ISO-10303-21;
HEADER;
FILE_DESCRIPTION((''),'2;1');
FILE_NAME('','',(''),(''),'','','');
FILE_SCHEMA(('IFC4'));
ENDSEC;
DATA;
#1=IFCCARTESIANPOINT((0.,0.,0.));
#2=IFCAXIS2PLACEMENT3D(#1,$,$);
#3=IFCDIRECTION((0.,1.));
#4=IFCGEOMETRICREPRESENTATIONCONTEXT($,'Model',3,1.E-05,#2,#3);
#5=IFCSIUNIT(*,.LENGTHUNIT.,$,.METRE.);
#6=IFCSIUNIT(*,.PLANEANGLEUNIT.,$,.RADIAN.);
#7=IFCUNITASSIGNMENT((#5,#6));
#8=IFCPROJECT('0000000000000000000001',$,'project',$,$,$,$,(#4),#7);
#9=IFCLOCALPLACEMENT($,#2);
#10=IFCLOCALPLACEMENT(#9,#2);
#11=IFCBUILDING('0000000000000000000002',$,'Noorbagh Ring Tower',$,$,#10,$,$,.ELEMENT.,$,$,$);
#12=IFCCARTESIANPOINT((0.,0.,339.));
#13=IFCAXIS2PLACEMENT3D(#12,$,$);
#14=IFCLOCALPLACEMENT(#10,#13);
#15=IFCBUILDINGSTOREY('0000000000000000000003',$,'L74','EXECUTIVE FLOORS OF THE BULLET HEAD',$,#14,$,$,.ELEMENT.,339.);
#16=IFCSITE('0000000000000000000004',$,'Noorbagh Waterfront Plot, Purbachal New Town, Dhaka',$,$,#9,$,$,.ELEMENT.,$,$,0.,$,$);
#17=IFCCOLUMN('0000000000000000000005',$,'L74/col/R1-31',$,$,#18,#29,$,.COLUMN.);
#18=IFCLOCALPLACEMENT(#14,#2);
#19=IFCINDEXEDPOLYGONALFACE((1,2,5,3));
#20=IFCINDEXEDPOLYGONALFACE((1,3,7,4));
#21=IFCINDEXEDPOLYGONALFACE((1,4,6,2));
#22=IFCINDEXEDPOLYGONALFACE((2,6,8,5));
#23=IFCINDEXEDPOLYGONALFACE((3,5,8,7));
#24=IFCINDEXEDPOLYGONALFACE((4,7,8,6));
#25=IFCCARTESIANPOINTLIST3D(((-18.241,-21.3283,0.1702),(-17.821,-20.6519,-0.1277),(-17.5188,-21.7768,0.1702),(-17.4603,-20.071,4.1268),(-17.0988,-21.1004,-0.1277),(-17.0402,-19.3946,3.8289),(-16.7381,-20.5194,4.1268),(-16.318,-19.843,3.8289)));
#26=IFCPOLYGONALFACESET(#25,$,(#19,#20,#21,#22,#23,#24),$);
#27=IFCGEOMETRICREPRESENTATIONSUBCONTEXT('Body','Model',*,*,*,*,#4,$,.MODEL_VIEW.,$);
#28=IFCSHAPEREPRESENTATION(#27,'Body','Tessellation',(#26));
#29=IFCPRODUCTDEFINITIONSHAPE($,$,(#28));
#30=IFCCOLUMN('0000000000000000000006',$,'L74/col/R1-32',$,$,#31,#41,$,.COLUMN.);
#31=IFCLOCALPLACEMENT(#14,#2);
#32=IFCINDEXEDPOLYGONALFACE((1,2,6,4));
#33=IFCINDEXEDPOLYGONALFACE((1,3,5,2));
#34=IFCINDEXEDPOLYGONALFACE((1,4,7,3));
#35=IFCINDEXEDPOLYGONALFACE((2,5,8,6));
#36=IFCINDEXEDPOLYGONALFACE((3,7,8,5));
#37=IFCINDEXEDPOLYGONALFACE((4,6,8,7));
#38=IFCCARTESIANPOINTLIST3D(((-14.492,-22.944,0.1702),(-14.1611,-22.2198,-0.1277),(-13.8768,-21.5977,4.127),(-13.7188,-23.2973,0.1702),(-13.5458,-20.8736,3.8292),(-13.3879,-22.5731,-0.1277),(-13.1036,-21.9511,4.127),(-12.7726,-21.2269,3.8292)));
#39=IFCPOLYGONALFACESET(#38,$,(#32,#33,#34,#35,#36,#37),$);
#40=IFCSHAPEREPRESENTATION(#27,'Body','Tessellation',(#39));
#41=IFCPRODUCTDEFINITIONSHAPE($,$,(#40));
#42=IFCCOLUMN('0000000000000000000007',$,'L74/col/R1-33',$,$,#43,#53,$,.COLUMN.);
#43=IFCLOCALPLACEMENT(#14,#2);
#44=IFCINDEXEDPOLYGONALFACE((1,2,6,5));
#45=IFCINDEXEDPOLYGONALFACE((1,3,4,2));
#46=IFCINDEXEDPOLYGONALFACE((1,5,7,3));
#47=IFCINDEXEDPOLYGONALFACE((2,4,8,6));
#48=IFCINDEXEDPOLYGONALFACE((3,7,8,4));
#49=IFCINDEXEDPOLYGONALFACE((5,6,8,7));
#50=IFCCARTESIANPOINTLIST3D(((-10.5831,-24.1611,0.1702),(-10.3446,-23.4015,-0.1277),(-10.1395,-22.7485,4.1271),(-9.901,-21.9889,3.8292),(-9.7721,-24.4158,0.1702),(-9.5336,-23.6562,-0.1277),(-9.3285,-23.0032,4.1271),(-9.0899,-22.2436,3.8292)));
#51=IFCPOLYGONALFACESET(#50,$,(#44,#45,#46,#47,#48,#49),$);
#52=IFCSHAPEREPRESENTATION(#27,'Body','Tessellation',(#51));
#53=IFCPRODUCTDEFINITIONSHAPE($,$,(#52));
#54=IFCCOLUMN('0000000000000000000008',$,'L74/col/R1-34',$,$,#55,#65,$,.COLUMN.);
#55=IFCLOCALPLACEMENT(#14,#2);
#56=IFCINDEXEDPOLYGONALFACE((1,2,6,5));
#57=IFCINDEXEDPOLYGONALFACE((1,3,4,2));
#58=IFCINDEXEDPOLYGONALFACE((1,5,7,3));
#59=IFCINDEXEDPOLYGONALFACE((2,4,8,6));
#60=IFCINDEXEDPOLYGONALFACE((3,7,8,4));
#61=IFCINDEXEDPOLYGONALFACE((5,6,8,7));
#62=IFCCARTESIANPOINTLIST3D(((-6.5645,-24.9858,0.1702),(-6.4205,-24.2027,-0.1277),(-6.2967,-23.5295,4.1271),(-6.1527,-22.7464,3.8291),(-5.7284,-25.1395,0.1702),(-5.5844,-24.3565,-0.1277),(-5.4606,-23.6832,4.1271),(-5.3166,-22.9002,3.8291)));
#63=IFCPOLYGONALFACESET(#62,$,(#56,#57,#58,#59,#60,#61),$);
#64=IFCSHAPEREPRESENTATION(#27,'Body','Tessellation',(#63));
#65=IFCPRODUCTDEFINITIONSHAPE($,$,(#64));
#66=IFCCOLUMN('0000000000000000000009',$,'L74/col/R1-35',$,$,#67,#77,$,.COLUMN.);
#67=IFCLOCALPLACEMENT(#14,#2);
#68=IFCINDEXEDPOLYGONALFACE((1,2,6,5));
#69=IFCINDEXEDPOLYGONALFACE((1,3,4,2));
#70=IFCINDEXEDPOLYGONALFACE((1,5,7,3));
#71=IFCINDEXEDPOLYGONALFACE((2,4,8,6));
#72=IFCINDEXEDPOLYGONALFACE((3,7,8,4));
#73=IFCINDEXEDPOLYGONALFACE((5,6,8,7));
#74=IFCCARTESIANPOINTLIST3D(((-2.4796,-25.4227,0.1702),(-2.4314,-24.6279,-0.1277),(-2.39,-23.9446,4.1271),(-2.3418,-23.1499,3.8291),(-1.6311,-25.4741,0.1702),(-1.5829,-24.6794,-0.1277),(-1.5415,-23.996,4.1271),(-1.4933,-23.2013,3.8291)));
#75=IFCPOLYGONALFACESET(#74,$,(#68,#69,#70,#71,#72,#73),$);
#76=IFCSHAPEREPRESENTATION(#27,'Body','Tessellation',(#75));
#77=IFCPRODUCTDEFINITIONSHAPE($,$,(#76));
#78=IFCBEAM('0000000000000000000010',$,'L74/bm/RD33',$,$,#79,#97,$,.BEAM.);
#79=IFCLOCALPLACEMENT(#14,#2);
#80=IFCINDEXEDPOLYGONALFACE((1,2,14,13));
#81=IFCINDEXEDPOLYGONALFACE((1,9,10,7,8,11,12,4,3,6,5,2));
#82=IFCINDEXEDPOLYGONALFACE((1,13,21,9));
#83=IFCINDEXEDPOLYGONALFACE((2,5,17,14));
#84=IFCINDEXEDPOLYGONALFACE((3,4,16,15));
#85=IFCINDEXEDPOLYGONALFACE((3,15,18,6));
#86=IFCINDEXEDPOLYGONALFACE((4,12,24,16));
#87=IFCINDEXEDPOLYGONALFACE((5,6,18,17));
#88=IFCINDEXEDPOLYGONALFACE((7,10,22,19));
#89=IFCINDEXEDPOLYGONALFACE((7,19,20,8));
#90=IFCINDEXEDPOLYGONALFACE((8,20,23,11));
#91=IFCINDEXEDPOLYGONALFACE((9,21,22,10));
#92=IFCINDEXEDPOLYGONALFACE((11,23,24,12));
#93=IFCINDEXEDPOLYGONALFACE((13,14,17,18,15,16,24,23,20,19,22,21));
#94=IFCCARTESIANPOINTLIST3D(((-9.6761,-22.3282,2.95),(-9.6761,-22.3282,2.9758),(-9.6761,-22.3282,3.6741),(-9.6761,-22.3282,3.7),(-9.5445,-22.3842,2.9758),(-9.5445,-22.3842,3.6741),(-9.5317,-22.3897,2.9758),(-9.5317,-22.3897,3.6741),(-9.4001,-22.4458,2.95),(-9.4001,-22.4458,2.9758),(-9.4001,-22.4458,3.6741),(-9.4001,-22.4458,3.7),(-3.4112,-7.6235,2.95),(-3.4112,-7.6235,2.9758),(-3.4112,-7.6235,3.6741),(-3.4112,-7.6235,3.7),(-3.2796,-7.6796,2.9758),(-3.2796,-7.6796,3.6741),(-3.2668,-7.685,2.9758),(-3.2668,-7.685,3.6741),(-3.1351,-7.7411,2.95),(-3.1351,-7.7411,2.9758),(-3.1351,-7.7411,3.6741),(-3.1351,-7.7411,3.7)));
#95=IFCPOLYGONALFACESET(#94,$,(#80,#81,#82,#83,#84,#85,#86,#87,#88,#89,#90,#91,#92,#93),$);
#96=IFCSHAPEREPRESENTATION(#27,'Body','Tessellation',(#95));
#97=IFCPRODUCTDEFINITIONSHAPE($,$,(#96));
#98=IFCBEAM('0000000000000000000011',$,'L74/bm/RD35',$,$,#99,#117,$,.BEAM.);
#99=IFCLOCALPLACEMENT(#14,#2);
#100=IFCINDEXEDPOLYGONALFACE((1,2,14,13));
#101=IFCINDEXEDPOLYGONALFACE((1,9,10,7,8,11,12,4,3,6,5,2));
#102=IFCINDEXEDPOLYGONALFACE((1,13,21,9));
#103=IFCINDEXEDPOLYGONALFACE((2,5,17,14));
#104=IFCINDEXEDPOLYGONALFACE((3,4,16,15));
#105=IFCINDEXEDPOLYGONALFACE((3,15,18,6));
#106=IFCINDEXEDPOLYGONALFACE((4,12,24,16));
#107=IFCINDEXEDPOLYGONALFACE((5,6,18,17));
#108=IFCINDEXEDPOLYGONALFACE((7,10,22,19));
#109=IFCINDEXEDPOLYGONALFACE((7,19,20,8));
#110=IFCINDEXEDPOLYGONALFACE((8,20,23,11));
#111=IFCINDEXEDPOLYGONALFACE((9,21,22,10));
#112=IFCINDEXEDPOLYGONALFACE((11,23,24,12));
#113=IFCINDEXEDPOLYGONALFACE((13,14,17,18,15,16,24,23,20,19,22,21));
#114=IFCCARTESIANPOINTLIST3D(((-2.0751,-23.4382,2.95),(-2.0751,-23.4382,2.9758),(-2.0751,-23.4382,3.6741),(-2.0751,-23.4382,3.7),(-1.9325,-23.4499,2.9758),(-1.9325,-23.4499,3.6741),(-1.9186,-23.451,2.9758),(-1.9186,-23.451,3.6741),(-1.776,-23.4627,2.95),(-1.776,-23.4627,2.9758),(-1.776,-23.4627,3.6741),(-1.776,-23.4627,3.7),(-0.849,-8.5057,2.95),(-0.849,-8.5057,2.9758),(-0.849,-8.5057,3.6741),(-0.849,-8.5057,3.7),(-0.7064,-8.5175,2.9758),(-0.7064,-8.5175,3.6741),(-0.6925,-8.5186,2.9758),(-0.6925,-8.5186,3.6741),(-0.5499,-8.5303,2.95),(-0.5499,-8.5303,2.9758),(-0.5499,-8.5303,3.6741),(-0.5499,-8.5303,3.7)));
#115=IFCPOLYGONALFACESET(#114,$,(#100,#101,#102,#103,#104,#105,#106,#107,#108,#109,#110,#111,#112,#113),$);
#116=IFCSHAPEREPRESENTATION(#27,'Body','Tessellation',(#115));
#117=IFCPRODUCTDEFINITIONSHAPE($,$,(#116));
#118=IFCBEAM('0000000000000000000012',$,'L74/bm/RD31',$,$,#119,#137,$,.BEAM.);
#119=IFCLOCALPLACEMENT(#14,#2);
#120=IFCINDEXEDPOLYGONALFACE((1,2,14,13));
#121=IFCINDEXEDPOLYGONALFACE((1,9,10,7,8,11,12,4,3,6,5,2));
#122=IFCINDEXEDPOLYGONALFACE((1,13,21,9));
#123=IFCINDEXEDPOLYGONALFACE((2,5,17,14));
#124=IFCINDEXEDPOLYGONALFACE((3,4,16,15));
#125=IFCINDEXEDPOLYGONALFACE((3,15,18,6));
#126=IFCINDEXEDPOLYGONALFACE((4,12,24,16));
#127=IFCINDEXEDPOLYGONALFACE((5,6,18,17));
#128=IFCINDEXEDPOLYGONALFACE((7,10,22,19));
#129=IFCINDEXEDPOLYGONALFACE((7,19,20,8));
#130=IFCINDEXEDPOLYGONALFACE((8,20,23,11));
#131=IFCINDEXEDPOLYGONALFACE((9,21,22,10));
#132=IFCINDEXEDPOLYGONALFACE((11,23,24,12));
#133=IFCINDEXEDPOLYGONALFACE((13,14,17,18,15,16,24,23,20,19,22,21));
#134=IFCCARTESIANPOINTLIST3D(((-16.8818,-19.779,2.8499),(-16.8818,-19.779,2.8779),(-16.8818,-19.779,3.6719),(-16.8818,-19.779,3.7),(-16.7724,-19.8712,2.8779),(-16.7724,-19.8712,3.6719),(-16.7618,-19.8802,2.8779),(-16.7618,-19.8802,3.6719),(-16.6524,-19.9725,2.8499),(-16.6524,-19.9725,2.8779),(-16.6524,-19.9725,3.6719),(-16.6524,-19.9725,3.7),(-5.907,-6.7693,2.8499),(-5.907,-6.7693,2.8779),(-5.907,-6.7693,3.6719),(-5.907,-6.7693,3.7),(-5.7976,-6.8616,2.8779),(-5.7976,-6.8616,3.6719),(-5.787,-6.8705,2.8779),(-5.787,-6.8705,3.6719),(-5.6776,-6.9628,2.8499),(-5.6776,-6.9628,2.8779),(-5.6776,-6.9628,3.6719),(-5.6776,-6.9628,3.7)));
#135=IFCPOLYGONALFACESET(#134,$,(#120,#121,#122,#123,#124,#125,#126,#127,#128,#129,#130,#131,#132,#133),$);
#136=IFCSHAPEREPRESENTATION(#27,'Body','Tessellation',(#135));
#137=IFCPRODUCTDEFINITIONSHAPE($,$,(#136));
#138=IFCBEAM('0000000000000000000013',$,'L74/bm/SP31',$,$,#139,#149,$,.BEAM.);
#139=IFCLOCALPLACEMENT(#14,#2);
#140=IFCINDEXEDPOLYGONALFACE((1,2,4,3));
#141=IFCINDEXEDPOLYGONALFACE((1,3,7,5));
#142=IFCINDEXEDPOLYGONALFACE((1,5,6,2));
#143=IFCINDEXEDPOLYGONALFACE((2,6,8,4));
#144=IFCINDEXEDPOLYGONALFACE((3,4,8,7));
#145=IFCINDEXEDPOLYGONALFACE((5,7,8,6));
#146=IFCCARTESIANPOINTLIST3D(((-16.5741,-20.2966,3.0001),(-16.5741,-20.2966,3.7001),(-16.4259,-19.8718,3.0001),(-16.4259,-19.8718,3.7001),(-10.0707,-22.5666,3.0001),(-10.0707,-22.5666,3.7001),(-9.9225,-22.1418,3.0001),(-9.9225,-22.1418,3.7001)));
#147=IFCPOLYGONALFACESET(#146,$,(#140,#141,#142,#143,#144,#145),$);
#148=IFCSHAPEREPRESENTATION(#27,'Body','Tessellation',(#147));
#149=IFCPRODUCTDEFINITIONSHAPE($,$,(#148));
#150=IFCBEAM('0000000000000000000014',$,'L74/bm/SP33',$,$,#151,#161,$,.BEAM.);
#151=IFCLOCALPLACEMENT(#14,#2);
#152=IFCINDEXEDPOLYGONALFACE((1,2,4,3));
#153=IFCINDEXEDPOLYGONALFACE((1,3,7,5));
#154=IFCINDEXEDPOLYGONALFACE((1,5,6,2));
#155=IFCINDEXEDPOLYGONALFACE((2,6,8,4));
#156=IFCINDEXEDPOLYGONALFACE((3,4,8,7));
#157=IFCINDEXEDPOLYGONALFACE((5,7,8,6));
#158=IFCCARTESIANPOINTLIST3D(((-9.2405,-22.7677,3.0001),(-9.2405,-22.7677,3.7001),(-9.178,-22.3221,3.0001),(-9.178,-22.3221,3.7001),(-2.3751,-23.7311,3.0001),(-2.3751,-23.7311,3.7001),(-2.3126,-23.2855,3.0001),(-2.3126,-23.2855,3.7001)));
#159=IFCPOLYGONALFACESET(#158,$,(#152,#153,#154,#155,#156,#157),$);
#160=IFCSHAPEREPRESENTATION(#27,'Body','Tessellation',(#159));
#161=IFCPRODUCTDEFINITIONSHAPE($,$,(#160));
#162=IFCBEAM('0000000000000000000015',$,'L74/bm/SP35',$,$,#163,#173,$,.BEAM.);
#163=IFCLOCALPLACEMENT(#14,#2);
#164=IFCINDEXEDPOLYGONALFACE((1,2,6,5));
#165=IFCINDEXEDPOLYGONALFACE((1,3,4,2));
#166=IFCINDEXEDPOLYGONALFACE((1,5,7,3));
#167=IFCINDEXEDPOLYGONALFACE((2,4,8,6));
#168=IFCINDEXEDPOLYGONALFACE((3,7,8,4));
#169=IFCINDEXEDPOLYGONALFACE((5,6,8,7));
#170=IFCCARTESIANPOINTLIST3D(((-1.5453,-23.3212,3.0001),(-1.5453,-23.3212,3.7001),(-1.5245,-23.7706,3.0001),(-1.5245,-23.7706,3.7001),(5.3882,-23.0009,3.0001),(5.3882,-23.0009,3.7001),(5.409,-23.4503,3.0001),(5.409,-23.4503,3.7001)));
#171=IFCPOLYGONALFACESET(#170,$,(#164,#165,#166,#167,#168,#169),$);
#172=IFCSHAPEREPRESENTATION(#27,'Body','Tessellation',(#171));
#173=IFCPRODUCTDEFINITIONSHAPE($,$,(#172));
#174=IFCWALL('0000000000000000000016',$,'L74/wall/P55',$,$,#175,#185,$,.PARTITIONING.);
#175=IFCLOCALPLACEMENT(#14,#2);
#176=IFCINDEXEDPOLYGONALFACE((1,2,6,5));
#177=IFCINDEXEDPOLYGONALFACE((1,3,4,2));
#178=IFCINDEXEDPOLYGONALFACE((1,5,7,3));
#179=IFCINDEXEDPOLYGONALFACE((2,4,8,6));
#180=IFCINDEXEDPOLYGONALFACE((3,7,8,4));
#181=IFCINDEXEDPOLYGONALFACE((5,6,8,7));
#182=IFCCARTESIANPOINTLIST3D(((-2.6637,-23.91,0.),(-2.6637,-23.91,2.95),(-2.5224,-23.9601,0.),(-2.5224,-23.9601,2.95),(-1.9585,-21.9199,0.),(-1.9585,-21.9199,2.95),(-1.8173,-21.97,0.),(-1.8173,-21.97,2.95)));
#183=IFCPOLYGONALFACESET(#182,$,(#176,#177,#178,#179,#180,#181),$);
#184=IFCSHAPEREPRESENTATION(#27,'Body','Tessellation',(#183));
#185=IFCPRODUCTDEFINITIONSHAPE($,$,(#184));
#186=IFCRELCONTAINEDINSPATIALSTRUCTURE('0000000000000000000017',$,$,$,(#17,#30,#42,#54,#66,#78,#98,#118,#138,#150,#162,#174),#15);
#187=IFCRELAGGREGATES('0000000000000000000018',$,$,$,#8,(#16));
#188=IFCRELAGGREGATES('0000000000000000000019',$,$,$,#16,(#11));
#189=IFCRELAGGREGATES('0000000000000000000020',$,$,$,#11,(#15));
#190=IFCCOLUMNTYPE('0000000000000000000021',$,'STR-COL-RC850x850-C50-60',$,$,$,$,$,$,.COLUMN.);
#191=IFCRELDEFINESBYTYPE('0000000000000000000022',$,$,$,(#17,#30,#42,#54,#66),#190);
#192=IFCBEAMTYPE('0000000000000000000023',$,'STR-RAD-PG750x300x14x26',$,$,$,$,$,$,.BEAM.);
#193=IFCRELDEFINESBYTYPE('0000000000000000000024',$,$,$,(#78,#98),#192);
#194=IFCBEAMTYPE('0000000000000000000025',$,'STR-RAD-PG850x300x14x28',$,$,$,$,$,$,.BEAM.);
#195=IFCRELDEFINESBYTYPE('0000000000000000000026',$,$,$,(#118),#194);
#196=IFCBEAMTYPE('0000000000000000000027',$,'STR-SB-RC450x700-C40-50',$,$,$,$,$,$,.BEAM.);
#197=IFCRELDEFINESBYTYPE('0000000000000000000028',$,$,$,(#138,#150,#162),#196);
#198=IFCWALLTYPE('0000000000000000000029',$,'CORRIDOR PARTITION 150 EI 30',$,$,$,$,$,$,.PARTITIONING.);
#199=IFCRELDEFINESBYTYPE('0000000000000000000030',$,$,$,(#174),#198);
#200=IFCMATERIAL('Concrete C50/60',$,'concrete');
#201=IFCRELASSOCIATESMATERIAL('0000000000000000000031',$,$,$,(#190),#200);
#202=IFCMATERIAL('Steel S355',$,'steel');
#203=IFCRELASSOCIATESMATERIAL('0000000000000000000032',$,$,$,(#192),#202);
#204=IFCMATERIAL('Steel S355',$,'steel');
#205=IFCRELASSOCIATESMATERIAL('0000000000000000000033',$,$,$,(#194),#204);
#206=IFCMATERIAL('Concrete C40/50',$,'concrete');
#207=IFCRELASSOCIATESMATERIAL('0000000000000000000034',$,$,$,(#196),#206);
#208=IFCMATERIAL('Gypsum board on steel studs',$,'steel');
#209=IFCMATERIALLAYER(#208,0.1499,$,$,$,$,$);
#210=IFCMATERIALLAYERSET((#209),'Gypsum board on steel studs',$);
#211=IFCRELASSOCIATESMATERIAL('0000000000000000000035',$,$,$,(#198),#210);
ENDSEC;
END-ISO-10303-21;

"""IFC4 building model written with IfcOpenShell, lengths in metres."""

from ifc_helpers import new_model, si_unit, direction, frame, frame_2d, origin, origin_2d, place, context, subcontext, project, spatial, rectangle, i_section, extrude, material, layer, layer_set, material_profile, profile_set, type_object, element, save


model = new_model("IFC4")

# Units and contexts
model_context = context("Model", 3, precision=1e-05, world=origin(), true_north=direction((0.0, 1.0)))
body_context = subcontext(model_context, "Body", "Model", "MODEL_VIEW")
ifc_project = project(units=[si_unit("LENGTHUNIT", "METRE"), si_unit("PLANEANGLEUNIT", "RADIAN")], contexts=[model_context])

# Site, building, storey
site_placement = place(None, origin())
site = spatial("IfcSite", under=ifc_project, at=site_placement, Name="Noorbagh Waterfront Plot, Purbachal New Town, Dhaka", CompositionType="ELEMENT", RefElevation=0.0)
building_placement = place(site_placement, origin())
building = spatial("IfcBuilding", under=site, at=building_placement, Name="Noorbagh Ring Tower", CompositionType="ELEMENT")
storey_placement = place(building_placement, frame((0.0, 0.0, 339.0)))
storey = spatial("IfcBuildingStorey", under=building, at=storey_placement, Name="L74", Description="EXECUTIVE FLOORS OF THE BULLET HEAD", CompositionType="ELEMENT", Elevation=339.0)

# Columns
ifc_material_1 = material(Name="Concrete C50/60", Category="concrete")
ifc_material_profile_1 = material_profile(ifc_material_1, rectangle(XDim=0.8501, YDim=0.8501, at=origin_2d()), Name="RC850x850")
ifc_profile_set_1 = profile_set([ifc_material_profile_1], Name="Concrete C50/60")
column_type = type_object("IfcColumnType", Name="STR-COL-RC850x850-C50-60", PredefinedType="COLUMN", material=ifc_profile_set_1)
column_1_placement = place(storey_placement, frame((-17.6699, -21.2144, 0.0212), z_axis=(0.184826, 0.297641, 0.936616), x_axis=(-0.849533, 0.527535, 0.0)))
element("IfcColumn", 1, at=column_1_placement, inside=storey, type_object=column_type, Name="L74/col/R1-31", PredefinedType="COLUMN", context=body_context, shape_type="SweptSolid", body=[
    extrude(rectangle(XDim=0.8501, YDim=0.8501, at=origin_2d()), origin(), (0.0, 0.0, 1.0), 4.2244),
])
column_2_placement = place(storey_placement, frame((-13.9399, -22.7585, 0.0212), z_axis=(0.145633, 0.318658, 0.936615), x_axis=(-0.909517, 0.415666, 0.0)))
element("IfcColumn", 2, at=column_2_placement, inside=storey, type_object=column_type, Name="L74/col/R1-32", PredefinedType="COLUMN", context=body_context, shape_type="SweptSolid", body=[
    extrude(rectangle(XDim=0.8501, YDim=0.8501, at=origin_2d()), origin(), (0.0, 0.0, 1.0), 4.2246),
])
for number, where, z_axis, x_axis, name in (
    (3, (-10.0583, -23.9087, 0.0212), (0.105002, 0.334364, 0.936577), (-0.954062, 0.299608, 0.0), "L74/col/R1-33"),
    (4, (-6.0745, -24.6711, 0.0212), (0.063393, 0.344705, 0.936568), (-0.983506, 0.180873, 0.0), "L74/col/R1-34"),
    (5, (-2.0312, -25.051, 0.0212), (0.021208, 0.349847, 0.936567), (-0.998168, 0.06051, 0.0), "L74/col/R1-35"),
):
    element("IfcColumn", number, at=place(storey_placement, frame(where, z_axis=z_axis, x_axis=x_axis)), inside=storey, type_object=column_type, Name=name, PredefinedType="COLUMN", context=body_context, shape_type="SweptSolid", body=[
        extrude(rectangle(XDim=0.8501, YDim=0.8501, at=origin_2d()), origin(), (0.0, 0.0, 1.0), 4.2249),
    ])

# Beams
ifc_material_2 = material(Name="Steel S355", Category="steel")
ifc_material_profile_2 = material_profile(ifc_material_2, i_section(OverallWidth=0.3, OverallDepth=0.75, WebThickness=0.0139, FlangeThickness=0.0259, at=origin_2d()), Name="PG750x300x14x26")
ifc_profile_set_2 = profile_set([ifc_material_profile_2], Name="Steel S355")
beam_type_1 = type_object("IfcBeamType", Name="STR-RAD-PG750x300x14x26", PredefinedType="BEAM", material=ifc_profile_set_2)
beam_1_placement = place(storey_placement, frame((-9.5381, -22.387, 3.325), z_axis=(0.391959, 0.919983, 0.0), x_axis=(-0.919983, 0.391959, 0.0)))
element("IfcBeam", 6, at=beam_1_placement, inside=storey, type_object=beam_type_1, Name="L74/bm/RD33", PredefinedType="BEAM", context=body_context, shape_type="SweptSolid", body=[
    extrude(i_section(OverallWidth=0.3, OverallDepth=0.75, WebThickness=0.0139, FlangeThickness=0.0259, at=origin_2d()), origin(), (0.0, 0.0, 1.0), 15.9836),
])
beam_2_placement = place(storey_placement, frame((-1.9255, -23.4504, 3.325), z_axis=(0.081833, 0.996646, 0.0), x_axis=(-0.996646, 0.081833, 0.0)))
element("IfcBeam", 7, at=beam_2_placement, inside=storey, type_object=beam_type_1, Name="L74/bm/RD35", PredefinedType="BEAM", context=body_context, shape_type="SweptSolid", body=[
    extrude(i_section(OverallWidth=0.3, OverallDepth=0.75, WebThickness=0.0139, FlangeThickness=0.0259, at=origin_2d()), origin(), (0.0, 0.0, 1.0), 14.9827),
])
ifc_material_3 = material(Name="Steel S355", Category="steel")
ifc_material_profile_3 = material_profile(ifc_material_3, i_section(OverallWidth=0.3, OverallDepth=0.8501, WebThickness=0.0139, FlangeThickness=0.0281, at=origin_2d()), Name="PG850x300x14x28")
ifc_profile_set_3 = profile_set([ifc_material_profile_3], Name="Steel S355")
beam_type_2 = type_object("IfcBeamType", Name="STR-RAD-PG850x300x14x28", PredefinedType="BEAM", material=ifc_profile_set_3)
beam_3_placement = place(storey_placement, frame((-16.7671, -19.8757, 3.2749), z_axis=(0.644798, 0.764353, 0.0), x_axis=(-0.764353, 0.644798, 0.0)))
element("IfcBeam", 8, at=beam_3_placement, inside=storey, type_object=beam_type_2, Name="L74/bm/RD31", PredefinedType="BEAM", context=body_context, shape_type="SweptSolid", body=[
    extrude(i_section(OverallWidth=0.3, OverallDepth=0.8501, WebThickness=0.0139, FlangeThickness=0.0281, at=origin_2d()), origin(), (0.0, 0.0, 1.0), 17.0205),
])
ifc_material_4 = material(Name="Concrete C40/50", Category="concrete")
ifc_material_profile_4 = material_profile(ifc_material_4, rectangle(XDim=0.45, YDim=0.7, at=origin_2d()), Name="RC450x700")
ifc_profile_set_4 = profile_set([ifc_material_profile_4], Name="Concrete C40/50")
beam_type_3 = type_object("IfcBeamType", Name="STR-SB-RC450x700-C40-50", PredefinedType="BEAM", material=ifc_profile_set_4)
beam_4_placement = place(storey_placement, frame((-16.5, -20.0842, 3.3501), z_axis=(0.944138, -0.329551, 0.0), x_axis=(0.329551, 0.944138, 0.0)))
element("IfcBeam", 9, at=beam_4_placement, inside=storey, type_object=beam_type_3, Name="L74/bm/SP31", PredefinedType="BEAM", context=body_context, shape_type="SweptSolid", body=[
    extrude(rectangle(XDim=0.45, YDim=0.7, at=origin_2d()), origin(), (0.0, 0.0, 1.0), 6.8882),
])
beam_5_placement = place(storey_placement, frame((-9.2092, -22.5449, 3.3501), z_axis=(0.990297, -0.138966, 0.0), x_axis=(0.138966, 0.990297, 0.0)))
element("IfcBeam", 10, at=beam_5_placement, inside=storey, type_object=beam_type_3, Name="L74/bm/SP33", PredefinedType="BEAM", context=body_context, shape_type="SweptSolid", body=[
    extrude(rectangle(XDim=0.45, YDim=0.7, at=origin_2d()), origin(), (0.0, 0.0, 1.0), 6.9326),
])
beam_6_placement = place(storey_placement, frame((-1.5349, -23.5459, 3.3501), z_axis=(0.998935, 0.046148, 0.0), x_axis=(-0.046148, 0.998935, 0.0)))
element("IfcBeam", 11, at=beam_6_placement, inside=storey, type_object=beam_type_3, Name="L74/bm/SP35", PredefinedType="BEAM", context=body_context, shape_type="SweptSolid", body=[
    extrude(rectangle(XDim=0.45, YDim=0.7, at=origin_2d()), origin(), (0.0, 0.0, 1.0), 6.9409),
])

# Wall
ifc_material_5 = material(Name="Gypsum board on steel studs", Category="steel")
ifc_layer_1 = layer(ifc_material_5, 0.1499)
ifc_layer_set_1 = layer_set([ifc_layer_1], Name="Gypsum board on steel studs")
wall_type_1 = type_object("IfcWallType", Name="CORRIDOR PARTITION 150 EI 30", PredefinedType="PARTITIONING", material=ifc_layer_set_1)
wall_1_placement = place(storey_placement, frame((-2.593, -23.9351, 0.0), z_axis=(0.0, 0.0, 1.0), x_axis=(0.333969, 0.942584, 0.0)))
element("IfcWall", 12, at=wall_1_placement, inside=storey, type_object=wall_type_1, Name="L74/wall/P55", PredefinedType="PARTITIONING", context=body_context, shape_type="SweptSolid", body=[
    extrude(rectangle(XDim=2.1113, YDim=0.1499, at=frame_2d((1.0557, 0.0))), origin(), (0.0, 0.0, 1.0), 2.95),
])

save(model, "model.ifc")
